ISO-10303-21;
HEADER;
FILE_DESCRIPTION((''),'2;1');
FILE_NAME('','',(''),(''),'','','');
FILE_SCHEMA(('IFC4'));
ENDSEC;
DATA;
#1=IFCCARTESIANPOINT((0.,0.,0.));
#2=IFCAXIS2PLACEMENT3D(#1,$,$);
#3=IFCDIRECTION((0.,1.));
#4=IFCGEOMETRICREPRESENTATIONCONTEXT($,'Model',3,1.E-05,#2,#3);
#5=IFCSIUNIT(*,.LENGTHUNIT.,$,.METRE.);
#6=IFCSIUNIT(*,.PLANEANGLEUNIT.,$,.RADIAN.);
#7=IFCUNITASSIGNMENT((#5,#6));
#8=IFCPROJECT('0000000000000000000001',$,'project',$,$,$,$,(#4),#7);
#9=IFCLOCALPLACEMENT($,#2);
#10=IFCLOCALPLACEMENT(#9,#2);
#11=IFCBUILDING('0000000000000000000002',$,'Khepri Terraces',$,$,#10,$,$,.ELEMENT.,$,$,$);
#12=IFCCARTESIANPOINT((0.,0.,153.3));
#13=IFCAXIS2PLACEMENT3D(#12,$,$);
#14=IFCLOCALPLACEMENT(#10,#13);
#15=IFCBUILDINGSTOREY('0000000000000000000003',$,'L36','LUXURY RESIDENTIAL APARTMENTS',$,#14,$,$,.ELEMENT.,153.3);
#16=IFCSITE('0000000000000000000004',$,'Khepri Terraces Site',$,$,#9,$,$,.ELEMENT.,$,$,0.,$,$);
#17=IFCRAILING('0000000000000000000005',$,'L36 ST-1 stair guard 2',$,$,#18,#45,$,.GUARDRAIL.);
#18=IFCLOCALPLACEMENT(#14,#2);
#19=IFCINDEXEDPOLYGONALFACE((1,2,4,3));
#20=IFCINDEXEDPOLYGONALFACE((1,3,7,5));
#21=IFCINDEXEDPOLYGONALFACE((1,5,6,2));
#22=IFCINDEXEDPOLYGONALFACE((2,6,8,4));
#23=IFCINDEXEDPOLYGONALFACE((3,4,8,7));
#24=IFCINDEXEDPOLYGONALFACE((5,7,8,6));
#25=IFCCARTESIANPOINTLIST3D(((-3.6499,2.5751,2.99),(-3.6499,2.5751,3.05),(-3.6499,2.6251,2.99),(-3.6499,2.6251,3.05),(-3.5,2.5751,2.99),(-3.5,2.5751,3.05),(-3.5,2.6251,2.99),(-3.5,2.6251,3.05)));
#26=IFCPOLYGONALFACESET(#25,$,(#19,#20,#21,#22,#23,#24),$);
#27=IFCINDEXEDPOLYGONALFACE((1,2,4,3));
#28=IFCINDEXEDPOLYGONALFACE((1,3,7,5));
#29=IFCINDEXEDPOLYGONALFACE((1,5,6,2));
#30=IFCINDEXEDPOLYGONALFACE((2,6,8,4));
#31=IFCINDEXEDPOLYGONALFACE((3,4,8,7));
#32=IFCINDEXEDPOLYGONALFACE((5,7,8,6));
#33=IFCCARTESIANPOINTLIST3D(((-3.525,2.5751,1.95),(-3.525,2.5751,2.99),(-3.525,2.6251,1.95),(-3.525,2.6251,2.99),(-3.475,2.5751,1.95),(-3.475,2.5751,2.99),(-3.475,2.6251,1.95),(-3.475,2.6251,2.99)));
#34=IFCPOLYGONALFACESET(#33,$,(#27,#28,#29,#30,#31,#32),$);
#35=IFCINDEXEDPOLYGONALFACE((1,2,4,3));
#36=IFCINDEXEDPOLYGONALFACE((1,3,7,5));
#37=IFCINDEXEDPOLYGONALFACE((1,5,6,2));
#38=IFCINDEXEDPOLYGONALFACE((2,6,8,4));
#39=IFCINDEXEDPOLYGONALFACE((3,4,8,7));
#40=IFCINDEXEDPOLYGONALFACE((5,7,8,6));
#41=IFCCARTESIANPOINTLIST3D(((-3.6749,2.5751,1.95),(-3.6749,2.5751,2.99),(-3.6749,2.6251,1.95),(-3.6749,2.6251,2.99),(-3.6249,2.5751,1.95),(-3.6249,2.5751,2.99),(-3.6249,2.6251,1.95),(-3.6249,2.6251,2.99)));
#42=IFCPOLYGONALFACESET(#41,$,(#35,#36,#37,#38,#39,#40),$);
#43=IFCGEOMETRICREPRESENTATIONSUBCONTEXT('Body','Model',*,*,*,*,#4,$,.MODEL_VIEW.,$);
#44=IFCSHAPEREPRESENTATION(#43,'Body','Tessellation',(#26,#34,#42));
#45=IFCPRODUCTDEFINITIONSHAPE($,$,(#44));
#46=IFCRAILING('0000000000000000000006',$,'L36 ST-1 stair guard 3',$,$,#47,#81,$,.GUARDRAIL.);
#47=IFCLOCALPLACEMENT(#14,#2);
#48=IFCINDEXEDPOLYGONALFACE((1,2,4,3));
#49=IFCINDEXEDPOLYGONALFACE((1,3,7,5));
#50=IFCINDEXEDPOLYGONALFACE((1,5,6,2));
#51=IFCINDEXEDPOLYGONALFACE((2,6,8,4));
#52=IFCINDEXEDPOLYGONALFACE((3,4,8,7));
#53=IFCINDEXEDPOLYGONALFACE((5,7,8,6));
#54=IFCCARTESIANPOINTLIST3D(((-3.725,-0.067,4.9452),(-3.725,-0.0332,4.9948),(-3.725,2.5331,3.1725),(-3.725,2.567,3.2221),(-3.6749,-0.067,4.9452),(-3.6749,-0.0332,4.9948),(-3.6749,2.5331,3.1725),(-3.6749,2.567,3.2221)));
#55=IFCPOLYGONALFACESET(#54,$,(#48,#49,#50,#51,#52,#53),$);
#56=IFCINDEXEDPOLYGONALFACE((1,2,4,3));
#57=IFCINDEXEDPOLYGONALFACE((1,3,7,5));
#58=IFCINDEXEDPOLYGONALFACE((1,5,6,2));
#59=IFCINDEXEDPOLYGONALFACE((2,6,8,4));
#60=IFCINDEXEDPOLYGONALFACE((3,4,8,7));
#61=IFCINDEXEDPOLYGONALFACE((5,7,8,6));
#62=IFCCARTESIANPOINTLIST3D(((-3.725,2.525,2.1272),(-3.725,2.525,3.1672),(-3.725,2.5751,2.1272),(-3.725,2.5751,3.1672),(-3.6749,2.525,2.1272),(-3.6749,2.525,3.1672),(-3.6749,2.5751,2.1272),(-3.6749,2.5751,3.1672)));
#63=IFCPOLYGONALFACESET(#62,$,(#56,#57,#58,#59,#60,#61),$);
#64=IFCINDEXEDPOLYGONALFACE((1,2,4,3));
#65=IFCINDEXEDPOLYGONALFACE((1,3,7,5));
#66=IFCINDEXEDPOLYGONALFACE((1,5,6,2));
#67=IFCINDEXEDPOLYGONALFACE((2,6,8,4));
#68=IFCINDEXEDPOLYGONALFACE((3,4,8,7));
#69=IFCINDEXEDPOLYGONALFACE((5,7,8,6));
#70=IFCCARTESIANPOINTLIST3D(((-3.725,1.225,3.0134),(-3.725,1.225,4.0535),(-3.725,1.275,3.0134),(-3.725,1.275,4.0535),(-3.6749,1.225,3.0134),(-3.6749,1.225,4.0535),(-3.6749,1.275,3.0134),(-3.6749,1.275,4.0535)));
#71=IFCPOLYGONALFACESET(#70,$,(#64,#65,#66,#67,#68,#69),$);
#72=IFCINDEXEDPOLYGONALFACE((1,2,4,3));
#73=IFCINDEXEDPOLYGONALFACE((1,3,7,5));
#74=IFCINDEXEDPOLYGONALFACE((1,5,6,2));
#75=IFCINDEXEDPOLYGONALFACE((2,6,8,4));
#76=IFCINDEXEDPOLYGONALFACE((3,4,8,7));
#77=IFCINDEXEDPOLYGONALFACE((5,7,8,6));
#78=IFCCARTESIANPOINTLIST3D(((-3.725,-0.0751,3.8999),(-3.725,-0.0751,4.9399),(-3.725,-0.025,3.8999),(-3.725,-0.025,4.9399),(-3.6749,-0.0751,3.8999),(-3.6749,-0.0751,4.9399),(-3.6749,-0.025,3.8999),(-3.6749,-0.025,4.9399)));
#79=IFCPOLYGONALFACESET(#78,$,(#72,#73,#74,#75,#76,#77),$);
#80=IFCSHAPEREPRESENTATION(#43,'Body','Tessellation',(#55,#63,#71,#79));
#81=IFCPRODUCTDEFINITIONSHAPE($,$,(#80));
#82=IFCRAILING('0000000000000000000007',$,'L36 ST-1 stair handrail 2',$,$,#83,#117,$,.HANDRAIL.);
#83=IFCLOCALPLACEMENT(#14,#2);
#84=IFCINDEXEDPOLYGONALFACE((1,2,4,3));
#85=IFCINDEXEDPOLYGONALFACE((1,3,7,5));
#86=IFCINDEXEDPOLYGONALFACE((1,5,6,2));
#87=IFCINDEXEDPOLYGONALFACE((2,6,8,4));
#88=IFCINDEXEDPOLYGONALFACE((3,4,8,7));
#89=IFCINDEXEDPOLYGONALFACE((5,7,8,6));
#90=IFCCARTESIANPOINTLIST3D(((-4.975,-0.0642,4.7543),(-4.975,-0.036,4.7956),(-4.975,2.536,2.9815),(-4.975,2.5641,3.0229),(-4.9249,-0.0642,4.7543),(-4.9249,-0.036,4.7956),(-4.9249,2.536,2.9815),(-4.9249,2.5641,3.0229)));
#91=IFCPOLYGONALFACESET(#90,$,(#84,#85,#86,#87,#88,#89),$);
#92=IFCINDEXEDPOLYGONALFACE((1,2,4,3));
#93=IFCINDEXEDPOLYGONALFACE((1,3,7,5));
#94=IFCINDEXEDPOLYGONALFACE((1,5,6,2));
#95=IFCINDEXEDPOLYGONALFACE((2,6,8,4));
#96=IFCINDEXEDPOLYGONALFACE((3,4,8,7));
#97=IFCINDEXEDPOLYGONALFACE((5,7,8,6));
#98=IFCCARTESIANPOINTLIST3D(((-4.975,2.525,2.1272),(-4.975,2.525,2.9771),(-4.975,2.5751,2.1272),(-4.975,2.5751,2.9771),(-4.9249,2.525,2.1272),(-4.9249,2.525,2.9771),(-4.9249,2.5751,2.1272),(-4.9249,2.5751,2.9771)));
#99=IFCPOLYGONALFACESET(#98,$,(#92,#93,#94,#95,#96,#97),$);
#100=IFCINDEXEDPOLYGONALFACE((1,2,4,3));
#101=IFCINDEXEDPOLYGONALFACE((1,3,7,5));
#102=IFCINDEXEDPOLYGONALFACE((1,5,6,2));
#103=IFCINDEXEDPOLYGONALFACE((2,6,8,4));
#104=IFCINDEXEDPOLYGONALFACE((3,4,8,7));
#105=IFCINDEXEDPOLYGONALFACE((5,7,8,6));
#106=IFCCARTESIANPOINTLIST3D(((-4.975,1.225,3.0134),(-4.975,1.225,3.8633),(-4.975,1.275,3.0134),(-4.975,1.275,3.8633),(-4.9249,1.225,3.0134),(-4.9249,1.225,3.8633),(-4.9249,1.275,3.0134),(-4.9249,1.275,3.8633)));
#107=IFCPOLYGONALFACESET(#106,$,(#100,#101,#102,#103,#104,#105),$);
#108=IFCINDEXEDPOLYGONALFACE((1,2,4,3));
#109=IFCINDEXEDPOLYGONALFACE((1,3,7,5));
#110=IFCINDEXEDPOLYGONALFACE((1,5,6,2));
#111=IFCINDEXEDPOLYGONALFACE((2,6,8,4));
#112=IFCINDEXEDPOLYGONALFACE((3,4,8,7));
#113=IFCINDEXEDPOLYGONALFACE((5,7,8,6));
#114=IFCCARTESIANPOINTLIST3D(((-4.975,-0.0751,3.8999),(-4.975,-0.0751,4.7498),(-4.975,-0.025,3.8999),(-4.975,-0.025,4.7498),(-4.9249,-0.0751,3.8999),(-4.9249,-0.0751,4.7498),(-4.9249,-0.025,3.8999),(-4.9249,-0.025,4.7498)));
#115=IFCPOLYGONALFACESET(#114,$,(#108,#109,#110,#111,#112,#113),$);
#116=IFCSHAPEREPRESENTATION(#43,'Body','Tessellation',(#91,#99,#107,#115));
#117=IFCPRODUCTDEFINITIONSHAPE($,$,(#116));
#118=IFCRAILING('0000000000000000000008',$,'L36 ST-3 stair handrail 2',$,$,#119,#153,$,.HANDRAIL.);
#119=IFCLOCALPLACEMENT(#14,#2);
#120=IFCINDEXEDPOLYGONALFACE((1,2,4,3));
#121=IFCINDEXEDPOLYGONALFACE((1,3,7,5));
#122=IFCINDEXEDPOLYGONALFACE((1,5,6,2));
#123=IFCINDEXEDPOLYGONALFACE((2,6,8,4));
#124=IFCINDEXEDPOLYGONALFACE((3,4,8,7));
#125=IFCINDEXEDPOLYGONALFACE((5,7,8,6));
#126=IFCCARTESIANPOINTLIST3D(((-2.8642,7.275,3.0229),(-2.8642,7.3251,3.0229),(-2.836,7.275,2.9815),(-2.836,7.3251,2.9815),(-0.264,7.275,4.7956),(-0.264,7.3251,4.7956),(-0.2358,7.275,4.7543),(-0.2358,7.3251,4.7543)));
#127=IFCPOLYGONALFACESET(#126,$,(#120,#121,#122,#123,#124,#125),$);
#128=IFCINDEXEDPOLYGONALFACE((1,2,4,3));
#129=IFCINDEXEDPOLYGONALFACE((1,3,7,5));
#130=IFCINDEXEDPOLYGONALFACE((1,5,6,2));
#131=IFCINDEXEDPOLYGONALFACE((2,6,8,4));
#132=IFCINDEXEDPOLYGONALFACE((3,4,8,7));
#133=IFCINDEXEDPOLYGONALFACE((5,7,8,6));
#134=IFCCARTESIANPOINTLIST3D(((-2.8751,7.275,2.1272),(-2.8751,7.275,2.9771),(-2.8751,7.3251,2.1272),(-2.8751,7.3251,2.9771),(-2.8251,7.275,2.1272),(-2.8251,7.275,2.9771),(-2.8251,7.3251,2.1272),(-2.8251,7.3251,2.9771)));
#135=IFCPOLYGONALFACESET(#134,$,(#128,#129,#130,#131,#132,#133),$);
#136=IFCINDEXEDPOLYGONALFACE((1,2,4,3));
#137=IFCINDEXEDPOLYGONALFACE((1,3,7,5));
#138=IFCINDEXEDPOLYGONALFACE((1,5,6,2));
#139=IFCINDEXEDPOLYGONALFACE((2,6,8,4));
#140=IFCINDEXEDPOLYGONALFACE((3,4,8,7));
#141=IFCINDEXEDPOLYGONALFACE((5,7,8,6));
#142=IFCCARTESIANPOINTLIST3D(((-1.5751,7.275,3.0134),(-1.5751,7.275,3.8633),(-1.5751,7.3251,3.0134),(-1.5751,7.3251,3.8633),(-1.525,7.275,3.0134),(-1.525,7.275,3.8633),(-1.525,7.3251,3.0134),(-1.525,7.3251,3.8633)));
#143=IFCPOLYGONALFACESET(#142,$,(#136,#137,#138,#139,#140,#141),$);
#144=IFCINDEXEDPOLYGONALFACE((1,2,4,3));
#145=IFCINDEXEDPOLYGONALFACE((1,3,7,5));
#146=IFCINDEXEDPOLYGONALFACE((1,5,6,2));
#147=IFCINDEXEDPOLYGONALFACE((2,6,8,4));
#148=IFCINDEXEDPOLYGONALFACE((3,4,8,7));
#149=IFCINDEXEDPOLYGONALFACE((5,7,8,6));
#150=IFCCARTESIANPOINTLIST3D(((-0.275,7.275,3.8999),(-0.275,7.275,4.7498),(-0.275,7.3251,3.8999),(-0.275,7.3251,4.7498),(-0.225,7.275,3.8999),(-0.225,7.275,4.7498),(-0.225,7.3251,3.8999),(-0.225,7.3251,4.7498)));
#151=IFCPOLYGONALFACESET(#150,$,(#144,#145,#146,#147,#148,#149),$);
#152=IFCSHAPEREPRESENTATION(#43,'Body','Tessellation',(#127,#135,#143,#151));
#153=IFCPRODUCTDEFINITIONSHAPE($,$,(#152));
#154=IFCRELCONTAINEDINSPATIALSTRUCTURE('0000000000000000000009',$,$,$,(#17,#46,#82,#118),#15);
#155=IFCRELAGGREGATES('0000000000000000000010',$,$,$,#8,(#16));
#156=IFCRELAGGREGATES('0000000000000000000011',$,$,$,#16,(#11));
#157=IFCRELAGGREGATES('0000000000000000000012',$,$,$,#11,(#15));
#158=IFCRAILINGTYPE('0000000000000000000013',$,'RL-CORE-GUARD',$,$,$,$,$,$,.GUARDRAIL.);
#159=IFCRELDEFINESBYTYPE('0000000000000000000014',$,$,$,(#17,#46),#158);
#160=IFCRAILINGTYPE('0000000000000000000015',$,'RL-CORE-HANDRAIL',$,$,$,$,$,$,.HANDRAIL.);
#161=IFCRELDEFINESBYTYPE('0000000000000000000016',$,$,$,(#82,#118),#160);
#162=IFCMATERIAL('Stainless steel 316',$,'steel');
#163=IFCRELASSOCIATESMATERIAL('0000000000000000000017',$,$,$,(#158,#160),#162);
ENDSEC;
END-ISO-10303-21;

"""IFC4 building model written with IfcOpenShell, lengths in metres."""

from ifc_helpers import new_model, si_unit, direction, frame, origin, origin_2d, place, context, subcontext, project, spatial, rectangle, extrude, material, type_object, element, save


model = new_model("IFC4")

# Units and contexts
model_context = context("Model", 3, precision=1e-05, world=origin(), true_north=direction((0.0, 1.0)))
body_context = subcontext(model_context, "Body", "Model", "MODEL_VIEW")
ifc_project = project(units=[si_unit("LENGTHUNIT", "METRE"), si_unit("PLANEANGLEUNIT", "RADIAN")], contexts=[model_context])

# Site, building, storey
site_placement = place(None, origin())
site = spatial("IfcSite", under=ifc_project, at=site_placement, Name="Khepri Terraces Site", CompositionType="ELEMENT", RefElevation=0.0)
building_placement = place(site_placement, origin())
building = spatial("IfcBuilding", under=site, at=building_placement, Name="Khepri Terraces", CompositionType="ELEMENT")
storey_placement = place(building_placement, frame((0.0, 0.0, 153.3)))
storey = spatial("IfcBuildingStorey", under=building, at=storey_placement, Name="L36", Description="LUXURY RESIDENTIAL APARTMENTS", CompositionType="ELEMENT", Elevation=153.3)

# Railings
ifc_material_1 = material(Name="Stainless steel 316", Category="steel")
railing_type_1 = type_object("IfcRailingType", Name="RL-CORE-GUARD", PredefinedType="GUARDRAIL", material=ifc_material_1)
railing_1_placement = place(storey_placement, frame((-3.5, 2.6001, 1.95)))
element("IfcRailing", 1, at=railing_1_placement, inside=storey, type_object=railing_type_1, Name="L36 ST-1 stair guard 2", PredefinedType="GUARDRAIL", context=body_context, shape_type="SweptSolid", body=[
    extrude(rectangle(XDim=0.05, YDim=0.0601, at=origin_2d()), frame((0.0, 0.0, 1.0701), z_axis=(-1.0, 0.0, 0.0), x_axis=(0.0, -1.0, 0.0)), (0.0, 0.0, 1.0), 0.1499),
    extrude(rectangle(XDim=0.05, YDim=0.05, at=origin_2d()), origin(), (0.0, 0.0, 1.0), 1.04),
    extrude(rectangle(XDim=0.05, YDim=0.05, at=origin_2d()), frame((-0.1499, 0.0, 0.0)), (0.0, 0.0, 1.0), 1.04),
])
railing_2_placement = place(storey_placement, frame((-3.7, 2.55, 2.1272)))
element("IfcRailing", 2, at=railing_2_placement, inside=storey, type_object=railing_type_1, Name="L36 ST-1 stair guard 3", PredefinedType="GUARDRAIL", context=body_context, shape_type="SweptSolid", body=[
    extrude(rectangle(XDim=0.05, YDim=0.0601, at=origin_2d()), frame((0.0, 0.0, 1.0701), z_axis=(0.0, -0.82624, 0.563318), x_axis=(1.0, 0.0, 0.0)), (0.0, 0.0, 1.0), 3.147),
    extrude(rectangle(XDim=0.05, YDim=0.05, at=origin_2d()), origin(), (0.0, 0.0, 1.0), 1.04),
    extrude(rectangle(XDim=0.05, YDim=0.05, at=origin_2d()), frame((0.0, -1.3, 0.8862)), (0.0, 0.0, 1.0), 1.04),
    extrude(rectangle(XDim=0.05, YDim=0.05, at=origin_2d()), frame((0.0, -2.6001, 1.7727)), (0.0, 0.0, 1.0), 1.04),
])
railing_type_2 = type_object("IfcRailingType", Name="RL-CORE-HANDRAIL", PredefinedType="HANDRAIL", material=ifc_material_1)
railing_3_placement = place(storey_placement, frame((-4.95, 2.55, 2.1272)))
element("IfcRailing", 3, at=railing_3_placement, inside=storey, type_object=railing_type_2, Name="L36 ST-1 stair handrail 2", PredefinedType="HANDRAIL", context=body_context, shape_type="SweptSolid", body=[
    extrude(rectangle(XDim=0.05, YDim=0.05, at=origin_2d()), frame((0.0, 0.0, 0.875), z_axis=(0.0, -0.82624, 0.563318), x_axis=(1.0, 0.0, 0.0)), (0.0, 0.0, 1.0), 3.147),
    extrude(rectangle(XDim=0.05, YDim=0.05, at=origin_2d()), origin(), (0.0, 0.0, 1.0), 0.8499),
    extrude(rectangle(XDim=0.05, YDim=0.05, at=origin_2d()), frame((0.0, -1.3, 0.8862)), (0.0, 0.0, 1.0), 0.8499),
    extrude(rectangle(XDim=0.05, YDim=0.05, at=origin_2d()), frame((0.0, -2.6001, 1.7727)), (0.0, 0.0, 1.0), 0.8499),
])
railing_4_placement = place(storey_placement, frame((-2.8501, 7.3, 2.1272)))
element("IfcRailing", 4, at=railing_4_placement, inside=storey, type_object=railing_type_2, Name="L36 ST-3 stair handrail 2", PredefinedType="HANDRAIL", context=body_context, shape_type="SweptSolid", body=[
    extrude(rectangle(XDim=0.05, YDim=0.05, at=origin_2d()), frame((0.0, 0.0, 0.875), z_axis=(0.82624, 0.0, 0.563318), x_axis=(0.0, 1.0, 0.0)), (0.0, 0.0, 1.0), 3.147),
    extrude(rectangle(XDim=0.05, YDim=0.05, at=origin_2d()), origin(), (0.0, 0.0, 1.0), 0.8499),
    extrude(rectangle(XDim=0.05, YDim=0.05, at=origin_2d()), frame((1.3, 0.0, 0.8862)), (0.0, 0.0, 1.0), 0.8499),
    extrude(rectangle(XDim=0.05, YDim=0.05, at=origin_2d()), frame((2.6001, 0.0, 1.7727)), (0.0, 0.0, 1.0), 0.8499),
])

save(model, "model.ifc")
